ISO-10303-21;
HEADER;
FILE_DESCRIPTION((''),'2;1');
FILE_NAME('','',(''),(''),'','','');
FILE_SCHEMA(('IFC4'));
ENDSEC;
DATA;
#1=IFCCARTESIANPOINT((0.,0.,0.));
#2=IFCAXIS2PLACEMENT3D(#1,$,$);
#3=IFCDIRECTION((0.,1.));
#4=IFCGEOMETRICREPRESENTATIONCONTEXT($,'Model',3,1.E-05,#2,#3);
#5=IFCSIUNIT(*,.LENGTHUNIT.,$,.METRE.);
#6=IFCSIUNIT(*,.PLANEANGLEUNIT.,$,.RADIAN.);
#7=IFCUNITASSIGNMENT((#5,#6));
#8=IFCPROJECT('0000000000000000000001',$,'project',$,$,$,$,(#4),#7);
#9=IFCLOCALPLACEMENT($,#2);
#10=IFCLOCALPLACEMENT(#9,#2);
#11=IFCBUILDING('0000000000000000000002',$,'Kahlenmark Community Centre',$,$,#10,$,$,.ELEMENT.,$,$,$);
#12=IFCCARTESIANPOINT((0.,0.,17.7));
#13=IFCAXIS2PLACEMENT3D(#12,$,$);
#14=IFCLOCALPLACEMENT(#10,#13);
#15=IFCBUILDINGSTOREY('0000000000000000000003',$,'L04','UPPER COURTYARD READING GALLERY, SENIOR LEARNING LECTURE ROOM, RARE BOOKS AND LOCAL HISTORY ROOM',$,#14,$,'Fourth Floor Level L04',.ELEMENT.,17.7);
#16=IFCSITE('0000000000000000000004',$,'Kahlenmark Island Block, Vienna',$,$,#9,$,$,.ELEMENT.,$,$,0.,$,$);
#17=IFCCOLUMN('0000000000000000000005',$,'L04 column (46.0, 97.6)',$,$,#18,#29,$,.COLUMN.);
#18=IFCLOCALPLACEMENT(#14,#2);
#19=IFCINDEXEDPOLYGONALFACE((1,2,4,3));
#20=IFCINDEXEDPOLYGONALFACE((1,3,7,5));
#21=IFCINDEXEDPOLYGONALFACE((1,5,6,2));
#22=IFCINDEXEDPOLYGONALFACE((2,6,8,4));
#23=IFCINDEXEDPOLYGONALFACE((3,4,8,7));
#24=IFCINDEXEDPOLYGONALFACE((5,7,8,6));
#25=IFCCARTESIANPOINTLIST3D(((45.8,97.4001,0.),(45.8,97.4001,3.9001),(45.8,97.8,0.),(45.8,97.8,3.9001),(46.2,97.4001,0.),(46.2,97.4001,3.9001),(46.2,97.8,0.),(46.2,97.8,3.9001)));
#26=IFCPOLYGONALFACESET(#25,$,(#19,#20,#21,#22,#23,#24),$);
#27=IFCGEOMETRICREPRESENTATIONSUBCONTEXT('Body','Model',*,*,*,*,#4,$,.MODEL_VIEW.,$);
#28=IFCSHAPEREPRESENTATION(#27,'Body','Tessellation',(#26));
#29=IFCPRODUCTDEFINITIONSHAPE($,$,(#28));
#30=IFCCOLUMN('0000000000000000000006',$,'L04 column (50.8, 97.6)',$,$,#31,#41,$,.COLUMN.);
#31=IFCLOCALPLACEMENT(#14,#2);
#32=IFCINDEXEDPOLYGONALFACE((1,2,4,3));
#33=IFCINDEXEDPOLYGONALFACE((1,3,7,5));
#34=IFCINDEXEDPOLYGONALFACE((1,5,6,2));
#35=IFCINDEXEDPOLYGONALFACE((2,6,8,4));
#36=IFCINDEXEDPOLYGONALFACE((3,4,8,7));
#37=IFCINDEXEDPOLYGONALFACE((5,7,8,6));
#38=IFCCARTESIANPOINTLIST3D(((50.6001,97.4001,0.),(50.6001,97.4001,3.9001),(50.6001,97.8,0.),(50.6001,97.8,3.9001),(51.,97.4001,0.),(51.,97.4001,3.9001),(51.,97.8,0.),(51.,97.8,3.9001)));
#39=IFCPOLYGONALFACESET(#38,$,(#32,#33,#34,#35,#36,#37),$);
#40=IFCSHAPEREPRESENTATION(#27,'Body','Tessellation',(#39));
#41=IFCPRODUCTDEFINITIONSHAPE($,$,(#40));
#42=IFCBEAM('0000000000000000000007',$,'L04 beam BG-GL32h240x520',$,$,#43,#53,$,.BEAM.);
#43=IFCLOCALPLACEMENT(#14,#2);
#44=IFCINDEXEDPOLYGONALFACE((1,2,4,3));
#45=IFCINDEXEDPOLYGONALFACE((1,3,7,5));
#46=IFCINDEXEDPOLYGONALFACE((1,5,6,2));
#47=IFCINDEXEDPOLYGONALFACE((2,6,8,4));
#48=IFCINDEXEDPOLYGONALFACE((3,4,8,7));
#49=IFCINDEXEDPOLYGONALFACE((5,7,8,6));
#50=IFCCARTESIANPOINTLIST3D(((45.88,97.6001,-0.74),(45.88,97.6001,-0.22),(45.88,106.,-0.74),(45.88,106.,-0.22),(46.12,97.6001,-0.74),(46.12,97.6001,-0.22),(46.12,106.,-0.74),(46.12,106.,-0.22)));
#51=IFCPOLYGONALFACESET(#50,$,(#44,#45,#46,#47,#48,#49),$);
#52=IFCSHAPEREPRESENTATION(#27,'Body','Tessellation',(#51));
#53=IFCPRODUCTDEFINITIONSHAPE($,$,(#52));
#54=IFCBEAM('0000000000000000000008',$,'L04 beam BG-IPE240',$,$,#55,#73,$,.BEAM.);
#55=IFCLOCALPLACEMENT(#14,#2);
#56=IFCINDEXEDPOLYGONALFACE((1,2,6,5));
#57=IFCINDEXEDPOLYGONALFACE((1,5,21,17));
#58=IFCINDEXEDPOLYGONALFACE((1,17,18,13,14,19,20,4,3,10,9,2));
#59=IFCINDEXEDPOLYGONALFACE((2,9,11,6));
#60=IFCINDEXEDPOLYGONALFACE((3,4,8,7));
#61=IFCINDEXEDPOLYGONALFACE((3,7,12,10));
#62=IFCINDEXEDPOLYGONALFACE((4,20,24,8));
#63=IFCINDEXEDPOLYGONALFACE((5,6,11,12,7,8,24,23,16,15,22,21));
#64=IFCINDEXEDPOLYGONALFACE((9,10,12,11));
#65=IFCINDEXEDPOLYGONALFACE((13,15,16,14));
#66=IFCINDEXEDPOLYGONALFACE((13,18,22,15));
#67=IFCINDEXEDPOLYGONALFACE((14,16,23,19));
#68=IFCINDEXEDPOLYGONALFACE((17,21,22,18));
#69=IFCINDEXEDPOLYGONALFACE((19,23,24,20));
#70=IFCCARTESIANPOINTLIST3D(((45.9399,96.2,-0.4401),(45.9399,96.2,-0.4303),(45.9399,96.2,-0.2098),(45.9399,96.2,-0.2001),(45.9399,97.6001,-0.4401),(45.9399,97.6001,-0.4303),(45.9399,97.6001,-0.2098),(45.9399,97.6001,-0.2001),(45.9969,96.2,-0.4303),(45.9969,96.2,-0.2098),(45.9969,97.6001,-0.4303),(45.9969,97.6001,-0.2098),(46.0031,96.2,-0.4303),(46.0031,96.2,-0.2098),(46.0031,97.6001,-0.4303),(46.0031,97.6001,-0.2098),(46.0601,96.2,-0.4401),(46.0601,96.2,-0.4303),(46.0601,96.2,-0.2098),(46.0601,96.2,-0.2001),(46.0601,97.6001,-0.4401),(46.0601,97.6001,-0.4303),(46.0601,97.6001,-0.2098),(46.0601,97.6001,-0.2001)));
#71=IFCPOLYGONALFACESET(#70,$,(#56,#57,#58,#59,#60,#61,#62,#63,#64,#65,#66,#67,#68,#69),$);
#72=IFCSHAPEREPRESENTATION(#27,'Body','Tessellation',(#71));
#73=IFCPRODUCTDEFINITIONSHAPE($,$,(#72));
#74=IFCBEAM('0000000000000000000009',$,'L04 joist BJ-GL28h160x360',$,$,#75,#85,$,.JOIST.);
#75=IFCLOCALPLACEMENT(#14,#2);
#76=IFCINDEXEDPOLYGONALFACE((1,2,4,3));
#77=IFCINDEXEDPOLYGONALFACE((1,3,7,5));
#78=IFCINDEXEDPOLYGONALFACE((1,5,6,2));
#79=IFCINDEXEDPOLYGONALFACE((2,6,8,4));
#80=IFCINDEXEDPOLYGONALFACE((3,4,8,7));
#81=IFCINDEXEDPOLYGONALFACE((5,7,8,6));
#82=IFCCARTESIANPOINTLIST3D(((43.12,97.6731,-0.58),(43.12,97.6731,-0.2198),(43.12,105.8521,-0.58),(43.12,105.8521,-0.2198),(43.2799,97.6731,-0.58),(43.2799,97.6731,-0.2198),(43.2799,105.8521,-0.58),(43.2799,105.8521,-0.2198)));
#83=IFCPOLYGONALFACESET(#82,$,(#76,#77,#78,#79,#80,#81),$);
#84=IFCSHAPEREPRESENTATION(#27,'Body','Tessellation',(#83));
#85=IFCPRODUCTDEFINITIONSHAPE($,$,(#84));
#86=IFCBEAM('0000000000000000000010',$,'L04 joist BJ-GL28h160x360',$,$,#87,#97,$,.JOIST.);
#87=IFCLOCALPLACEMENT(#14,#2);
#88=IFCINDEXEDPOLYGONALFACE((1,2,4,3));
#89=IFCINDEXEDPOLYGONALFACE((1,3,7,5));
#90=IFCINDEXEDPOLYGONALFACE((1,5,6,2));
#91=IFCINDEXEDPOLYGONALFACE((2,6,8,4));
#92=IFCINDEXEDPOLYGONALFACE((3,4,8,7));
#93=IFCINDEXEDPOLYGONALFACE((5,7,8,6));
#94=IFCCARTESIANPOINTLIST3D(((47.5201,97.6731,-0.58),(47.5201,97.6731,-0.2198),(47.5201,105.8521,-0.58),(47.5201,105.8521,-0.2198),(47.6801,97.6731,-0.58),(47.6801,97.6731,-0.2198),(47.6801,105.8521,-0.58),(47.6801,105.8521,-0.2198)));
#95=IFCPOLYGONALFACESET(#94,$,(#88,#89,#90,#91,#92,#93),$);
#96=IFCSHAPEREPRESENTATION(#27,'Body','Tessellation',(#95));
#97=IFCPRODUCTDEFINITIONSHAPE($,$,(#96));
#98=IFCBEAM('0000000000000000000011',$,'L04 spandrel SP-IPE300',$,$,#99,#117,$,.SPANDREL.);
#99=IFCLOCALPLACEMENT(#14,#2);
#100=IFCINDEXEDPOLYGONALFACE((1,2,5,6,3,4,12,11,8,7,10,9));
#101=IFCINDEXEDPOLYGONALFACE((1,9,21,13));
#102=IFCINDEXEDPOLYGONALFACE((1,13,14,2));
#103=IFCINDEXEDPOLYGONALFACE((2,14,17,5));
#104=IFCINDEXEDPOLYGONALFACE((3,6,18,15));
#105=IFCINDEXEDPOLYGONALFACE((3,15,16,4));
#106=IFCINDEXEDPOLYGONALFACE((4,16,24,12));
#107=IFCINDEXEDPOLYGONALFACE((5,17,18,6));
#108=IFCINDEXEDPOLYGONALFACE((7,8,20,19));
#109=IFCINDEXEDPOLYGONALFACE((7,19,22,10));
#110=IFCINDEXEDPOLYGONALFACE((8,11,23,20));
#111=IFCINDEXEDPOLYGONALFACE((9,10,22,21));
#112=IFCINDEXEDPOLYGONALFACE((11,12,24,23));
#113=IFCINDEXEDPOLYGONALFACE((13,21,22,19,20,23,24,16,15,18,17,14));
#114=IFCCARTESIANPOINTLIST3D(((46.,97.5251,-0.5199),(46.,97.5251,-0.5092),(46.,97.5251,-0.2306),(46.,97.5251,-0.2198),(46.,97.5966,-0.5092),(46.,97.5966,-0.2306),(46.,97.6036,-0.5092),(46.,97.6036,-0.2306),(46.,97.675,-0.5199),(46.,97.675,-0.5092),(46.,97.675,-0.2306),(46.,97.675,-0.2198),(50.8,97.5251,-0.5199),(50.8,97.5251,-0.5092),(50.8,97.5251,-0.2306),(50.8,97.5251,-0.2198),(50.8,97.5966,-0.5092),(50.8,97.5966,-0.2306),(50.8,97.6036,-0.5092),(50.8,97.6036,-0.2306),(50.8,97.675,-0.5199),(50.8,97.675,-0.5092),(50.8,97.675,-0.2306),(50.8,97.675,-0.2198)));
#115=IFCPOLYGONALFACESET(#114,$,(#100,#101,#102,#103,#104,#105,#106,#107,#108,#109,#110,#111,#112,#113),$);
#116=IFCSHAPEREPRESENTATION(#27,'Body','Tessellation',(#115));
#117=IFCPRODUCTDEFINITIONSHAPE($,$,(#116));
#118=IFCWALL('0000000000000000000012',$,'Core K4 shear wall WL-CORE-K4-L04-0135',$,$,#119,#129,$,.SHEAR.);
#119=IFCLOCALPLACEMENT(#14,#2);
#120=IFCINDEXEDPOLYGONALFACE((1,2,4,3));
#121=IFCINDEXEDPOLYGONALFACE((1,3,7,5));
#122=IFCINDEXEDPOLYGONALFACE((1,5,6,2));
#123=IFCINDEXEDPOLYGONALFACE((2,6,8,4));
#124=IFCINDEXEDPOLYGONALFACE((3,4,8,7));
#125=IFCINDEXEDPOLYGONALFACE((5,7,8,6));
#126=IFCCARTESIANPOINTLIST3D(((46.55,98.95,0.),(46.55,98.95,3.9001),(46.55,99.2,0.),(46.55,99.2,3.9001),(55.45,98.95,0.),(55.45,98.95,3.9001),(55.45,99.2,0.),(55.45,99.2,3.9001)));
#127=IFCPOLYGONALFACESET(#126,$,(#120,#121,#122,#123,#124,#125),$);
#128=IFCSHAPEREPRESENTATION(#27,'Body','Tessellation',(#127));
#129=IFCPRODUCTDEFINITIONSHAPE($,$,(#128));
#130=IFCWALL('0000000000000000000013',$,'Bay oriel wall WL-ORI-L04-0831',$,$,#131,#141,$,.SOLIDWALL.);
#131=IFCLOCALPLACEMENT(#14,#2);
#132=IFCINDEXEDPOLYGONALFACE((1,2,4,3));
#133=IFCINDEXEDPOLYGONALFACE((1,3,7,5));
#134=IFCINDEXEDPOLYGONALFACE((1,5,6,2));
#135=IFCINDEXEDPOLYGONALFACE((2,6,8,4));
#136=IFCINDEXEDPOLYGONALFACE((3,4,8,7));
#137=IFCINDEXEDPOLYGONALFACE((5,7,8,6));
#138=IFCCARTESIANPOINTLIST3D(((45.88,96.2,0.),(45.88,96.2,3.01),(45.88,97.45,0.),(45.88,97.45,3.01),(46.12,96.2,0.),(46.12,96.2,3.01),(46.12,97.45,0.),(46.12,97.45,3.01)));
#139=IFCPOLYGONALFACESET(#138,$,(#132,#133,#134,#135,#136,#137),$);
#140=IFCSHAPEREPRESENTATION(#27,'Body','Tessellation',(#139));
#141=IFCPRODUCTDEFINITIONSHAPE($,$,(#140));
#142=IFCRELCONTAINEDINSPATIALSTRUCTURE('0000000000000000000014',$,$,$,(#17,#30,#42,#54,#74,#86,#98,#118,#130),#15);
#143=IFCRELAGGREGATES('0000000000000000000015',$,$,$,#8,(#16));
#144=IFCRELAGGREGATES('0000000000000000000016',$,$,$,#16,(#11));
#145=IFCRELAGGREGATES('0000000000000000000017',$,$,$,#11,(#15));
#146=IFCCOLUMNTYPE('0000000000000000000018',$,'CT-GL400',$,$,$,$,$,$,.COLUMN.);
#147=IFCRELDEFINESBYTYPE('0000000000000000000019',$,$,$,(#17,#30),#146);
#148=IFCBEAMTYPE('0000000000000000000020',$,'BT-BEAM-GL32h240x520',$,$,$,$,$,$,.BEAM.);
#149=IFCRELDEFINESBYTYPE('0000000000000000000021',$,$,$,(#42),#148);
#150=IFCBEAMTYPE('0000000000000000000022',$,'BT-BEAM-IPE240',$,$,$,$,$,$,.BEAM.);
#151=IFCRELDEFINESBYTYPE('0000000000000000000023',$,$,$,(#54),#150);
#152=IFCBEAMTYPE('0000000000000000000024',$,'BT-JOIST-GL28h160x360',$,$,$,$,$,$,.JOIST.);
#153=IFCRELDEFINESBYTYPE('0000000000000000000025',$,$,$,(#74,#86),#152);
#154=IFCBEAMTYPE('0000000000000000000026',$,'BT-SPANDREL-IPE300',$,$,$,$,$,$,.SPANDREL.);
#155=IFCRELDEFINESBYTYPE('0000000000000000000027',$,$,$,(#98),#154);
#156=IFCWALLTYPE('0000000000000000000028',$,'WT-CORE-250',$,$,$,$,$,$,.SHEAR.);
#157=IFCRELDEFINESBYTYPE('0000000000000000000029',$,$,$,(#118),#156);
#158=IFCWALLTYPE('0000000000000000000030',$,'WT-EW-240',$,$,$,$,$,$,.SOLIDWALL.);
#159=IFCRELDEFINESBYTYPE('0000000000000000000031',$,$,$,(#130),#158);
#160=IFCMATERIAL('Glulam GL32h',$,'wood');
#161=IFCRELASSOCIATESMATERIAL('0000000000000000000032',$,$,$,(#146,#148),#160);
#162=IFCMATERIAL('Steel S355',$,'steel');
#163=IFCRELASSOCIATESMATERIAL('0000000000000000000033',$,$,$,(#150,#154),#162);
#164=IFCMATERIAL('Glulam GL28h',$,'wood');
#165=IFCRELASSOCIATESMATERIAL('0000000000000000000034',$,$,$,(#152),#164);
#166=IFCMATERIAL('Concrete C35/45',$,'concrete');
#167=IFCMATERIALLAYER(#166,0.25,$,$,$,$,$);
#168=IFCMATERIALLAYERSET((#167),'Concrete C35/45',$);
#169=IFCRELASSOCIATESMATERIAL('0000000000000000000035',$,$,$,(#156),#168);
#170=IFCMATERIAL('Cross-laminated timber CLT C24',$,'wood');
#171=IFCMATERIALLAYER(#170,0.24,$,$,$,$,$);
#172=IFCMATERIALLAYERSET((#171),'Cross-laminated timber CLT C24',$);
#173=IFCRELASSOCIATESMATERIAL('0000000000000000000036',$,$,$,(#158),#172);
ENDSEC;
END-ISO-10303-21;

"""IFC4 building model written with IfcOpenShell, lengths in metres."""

from ifc_helpers import new_model, si_unit, direction, frame, frame_2d, origin, origin_2d, place, context, subcontext, project, spatial, rectangle, i_section, extrude, material, layer, layer_set, material_profile, profile_set, type_object, element, save


model = new_model("IFC4")

# Units and contexts
model_context = context("Model", 3, precision=1e-05, world=origin(), true_north=direction((0.0, 1.0)))
body_context = subcontext(model_context, "Body", "Model", "MODEL_VIEW")
ifc_project = project(units=[si_unit("LENGTHUNIT", "METRE"), si_unit("PLANEANGLEUNIT", "RADIAN")], contexts=[model_context])

# Site, building, storey
site_placement = place(None, origin())
site = spatial("IfcSite", under=ifc_project, at=site_placement, Name="Kahlenmark Island Block, Vienna", CompositionType="ELEMENT", RefElevation=0.0)
building_placement = place(site_placement, origin())
building = spatial("IfcBuilding", under=site, at=building_placement, Name="Kahlenmark Community Centre", CompositionType="ELEMENT")
storey_placement = place(building_placement, frame((0.0, 0.0, 17.7)))
storey = spatial("IfcBuildingStorey", under=building, at=storey_placement, Name="L04", Description="UPPER COURTYARD READING GALLERY, SENIOR LEARNING LECTURE ROOM, RARE BOOKS AND LOCAL HISTORY ROOM", LongName="Fourth Floor Level L04", CompositionType="ELEMENT", Elevation=17.7)

# Columns
ifc_material_1 = material(Name="Glulam GL32h", Category="wood")
ifc_material_profile_1 = material_profile(ifc_material_1, rectangle(XDim=0.3999, YDim=0.3999, at=origin_2d()), Name="GL32h 400x400")
ifc_profile_set_1 = profile_set([ifc_material_profile_1], Name="Glulam GL32h")
column_type = type_object("IfcColumnType", Name="CT-GL400", PredefinedType="COLUMN", material=ifc_profile_set_1)
for number, where, z_axis, x_axis, name in (
    (1, (46.0, 97.6001, 0.0), (0.0, 0.0, 1.0), (1.0, 0.0, 0.0), "L04 column (46.0, 97.6)"),
    (2, (50.8, 97.6001, 0.0), (0.0, 0.0, 1.0), (1.0, 0.0, 0.0), "L04 column (50.8, 97.6)"),
):
    element("IfcColumn", number, at=place(storey_placement, frame(where, z_axis=z_axis, x_axis=x_axis)), inside=storey, type_object=column_type, Name=name, PredefinedType="COLUMN", context=body_context, shape_type="SweptSolid", body=[
        extrude(rectangle(XDim=0.3999, YDim=0.3999, at=origin_2d()), origin(), (0.0, 0.0, 1.0), 3.9001),
    ])

# Beams
ifc_material_profile_2 = material_profile(ifc_material_1, rectangle(XDim=0.24, YDim=0.52, at=origin_2d()), Name="GL32h 240x520")
ifc_profile_set_2 = profile_set([ifc_material_profile_2], Name="Glulam GL32h")
beam_type_1 = type_object("IfcBeamType", Name="BT-BEAM-GL32h240x520", PredefinedType="BEAM", material=ifc_profile_set_2)
beam_1_placement = place(storey_placement, frame((46.0, 97.6001, -0.48), z_axis=(0.0, 1.0, 0.0), x_axis=(-1.0, 0.0, 0.0)))
element("IfcBeam", 3, at=beam_1_placement, inside=storey, type_object=beam_type_1, Name="L04 beam BG-GL32h240x520", PredefinedType="BEAM", context=body_context, shape_type="SweptSolid", body=[
    extrude(rectangle(XDim=0.24, YDim=0.52, at=origin_2d()), origin(), (0.0, 0.0, 1.0), 8.3999),
])
ifc_material_2 = material(Name="Steel S355", Category="steel")
ifc_material_profile_3 = material_profile(ifc_material_2, i_section(OverallWidth=0.1201, OverallDepth=0.24, WebThickness=0.0061, FlangeThickness=0.0098, at=origin_2d()), Name="IPE 240")
ifc_profile_set_3 = profile_set([ifc_material_profile_3], Name="Steel S355")
beam_type_2 = type_object("IfcBeamType", Name="BT-BEAM-IPE240", PredefinedType="BEAM", material=ifc_profile_set_3)
beam_2_placement = place(storey_placement, frame((46.0, 96.2, -0.3201), z_axis=(0.0, 1.0, 0.0), x_axis=(-1.0, 0.0, 0.0)))
element("IfcBeam", 4, at=beam_2_placement, inside=storey, type_object=beam_type_2, Name="L04 beam BG-IPE240", PredefinedType="BEAM", context=body_context, shape_type="SweptSolid", body=[
    extrude(i_section(OverallWidth=0.1201, OverallDepth=0.24, WebThickness=0.0061, FlangeThickness=0.0098, at=origin_2d()), origin(), (0.0, 0.0, 1.0), 1.4001),
])
ifc_material_3 = material(Name="Glulam GL28h", Category="wood")
ifc_material_profile_4 = material_profile(ifc_material_3, rectangle(XDim=0.1599, YDim=0.3601, at=origin_2d()), Name="GL28h 160x360")
ifc_profile_set_4 = profile_set([ifc_material_profile_4], Name="Glulam GL28h")
beam_type_3 = type_object("IfcBeamType", Name="BT-JOIST-GL28h160x360", PredefinedType="JOIST", material=ifc_profile_set_4)
for number, where, z_axis, x_axis, name in (
    (5, (43.2, 97.6731, -0.3999), (0.0, 1.0, 0.0), (-1.0, 0.0, 0.0), "L04 joist BJ-GL28h160x360"),
    (6, (47.6001, 97.6731, -0.3999), (0.0, 1.0, 0.0), (-1.0, 0.0, 0.0), "L04 joist BJ-GL28h160x360"),
):
    element("IfcBeam", number, at=place(storey_placement, frame(where, z_axis=z_axis, x_axis=x_axis)), inside=storey, type_object=beam_type_3, Name=name, PredefinedType="JOIST", context=body_context, shape_type="SweptSolid", body=[
        extrude(rectangle(XDim=0.1599, YDim=0.3601, at=origin_2d()), origin(), (0.0, 0.0, 1.0), 8.179),
    ])
ifc_material_profile_5 = material_profile(ifc_material_2, i_section(OverallWidth=0.1499, OverallDepth=0.3, WebThickness=0.0071, FlangeThickness=0.0107, at=origin_2d()), Name="IPE 300")
ifc_profile_set_5 = profile_set([ifc_material_profile_5], Name="Steel S355")
beam_type_4 = type_object("IfcBeamType", Name="BT-SPANDREL-IPE300", PredefinedType="SPANDREL", material=ifc_profile_set_5)
beam_3_placement = place(storey_placement, frame((46.0, 97.6001, -0.3699), z_axis=(1.0, 0.0, 0.0), x_axis=(0.0, 1.0, 0.0)))
element("IfcBeam", 7, at=beam_3_placement, inside=storey, type_object=beam_type_4, Name="L04 spandrel SP-IPE300", PredefinedType="SPANDREL", context=body_context, shape_type="SweptSolid", body=[
    extrude(i_section(OverallWidth=0.1499, OverallDepth=0.3, WebThickness=0.0071, FlangeThickness=0.0107, at=origin_2d()), origin(), (0.0, 0.0, 1.0), 4.8),
])

# Walls
ifc_material_4 = material(Name="Concrete C35/45", Category="concrete")
ifc_layer_1 = layer(ifc_material_4, 0.25)
ifc_layer_set_1 = layer_set([ifc_layer_1], Name="Concrete C35/45")
wall_type_1 = type_object("IfcWallType", Name="WT-CORE-250", PredefinedType="SHEAR", material=ifc_layer_set_1)
wall_1_placement = place(storey_placement, frame((46.55, 99.075, 0.0), z_axis=(0.0, 0.0, 1.0), x_axis=(1.0, 0.0, 0.0)))
element("IfcWall", 8, at=wall_1_placement, inside=storey, type_object=wall_type_1, Name="Core K4 shear wall WL-CORE-K4-L04-0135", PredefinedType="SHEAR", context=body_context, shape_type="SweptSolid", body=[
    extrude(rectangle(XDim=8.8999, YDim=0.25, at=frame_2d((4.45, 0.0))), origin(), (0.0, 0.0, 1.0), 3.9001),
])
ifc_material_5 = material(Name="Cross-laminated timber CLT C24", Category="wood")
ifc_layer_2 = layer(ifc_material_5, 0.24)
ifc_layer_set_2 = layer_set([ifc_layer_2], Name="Cross-laminated timber CLT C24")
wall_type_2 = type_object("IfcWallType", Name="WT-EW-240", PredefinedType="SOLIDWALL", material=ifc_layer_set_2)
wall_2_placement = place(storey_placement, frame((46.0, 96.2, 0.0), z_axis=(0.0, 0.0, 1.0), x_axis=(0.0, 1.0, 0.0)))
element("IfcWall", 9, at=wall_2_placement, inside=storey, type_object=wall_type_2, Name="Bay oriel wall WL-ORI-L04-0831", PredefinedType="SOLIDWALL", context=body_context, shape_type="SweptSolid", body=[
    extrude(rectangle(XDim=1.25, YDim=0.24, at=frame_2d((0.625, 0.0))), origin(), (0.0, 0.0, 1.0), 3.01),
])

save(model, "model.ifc")
